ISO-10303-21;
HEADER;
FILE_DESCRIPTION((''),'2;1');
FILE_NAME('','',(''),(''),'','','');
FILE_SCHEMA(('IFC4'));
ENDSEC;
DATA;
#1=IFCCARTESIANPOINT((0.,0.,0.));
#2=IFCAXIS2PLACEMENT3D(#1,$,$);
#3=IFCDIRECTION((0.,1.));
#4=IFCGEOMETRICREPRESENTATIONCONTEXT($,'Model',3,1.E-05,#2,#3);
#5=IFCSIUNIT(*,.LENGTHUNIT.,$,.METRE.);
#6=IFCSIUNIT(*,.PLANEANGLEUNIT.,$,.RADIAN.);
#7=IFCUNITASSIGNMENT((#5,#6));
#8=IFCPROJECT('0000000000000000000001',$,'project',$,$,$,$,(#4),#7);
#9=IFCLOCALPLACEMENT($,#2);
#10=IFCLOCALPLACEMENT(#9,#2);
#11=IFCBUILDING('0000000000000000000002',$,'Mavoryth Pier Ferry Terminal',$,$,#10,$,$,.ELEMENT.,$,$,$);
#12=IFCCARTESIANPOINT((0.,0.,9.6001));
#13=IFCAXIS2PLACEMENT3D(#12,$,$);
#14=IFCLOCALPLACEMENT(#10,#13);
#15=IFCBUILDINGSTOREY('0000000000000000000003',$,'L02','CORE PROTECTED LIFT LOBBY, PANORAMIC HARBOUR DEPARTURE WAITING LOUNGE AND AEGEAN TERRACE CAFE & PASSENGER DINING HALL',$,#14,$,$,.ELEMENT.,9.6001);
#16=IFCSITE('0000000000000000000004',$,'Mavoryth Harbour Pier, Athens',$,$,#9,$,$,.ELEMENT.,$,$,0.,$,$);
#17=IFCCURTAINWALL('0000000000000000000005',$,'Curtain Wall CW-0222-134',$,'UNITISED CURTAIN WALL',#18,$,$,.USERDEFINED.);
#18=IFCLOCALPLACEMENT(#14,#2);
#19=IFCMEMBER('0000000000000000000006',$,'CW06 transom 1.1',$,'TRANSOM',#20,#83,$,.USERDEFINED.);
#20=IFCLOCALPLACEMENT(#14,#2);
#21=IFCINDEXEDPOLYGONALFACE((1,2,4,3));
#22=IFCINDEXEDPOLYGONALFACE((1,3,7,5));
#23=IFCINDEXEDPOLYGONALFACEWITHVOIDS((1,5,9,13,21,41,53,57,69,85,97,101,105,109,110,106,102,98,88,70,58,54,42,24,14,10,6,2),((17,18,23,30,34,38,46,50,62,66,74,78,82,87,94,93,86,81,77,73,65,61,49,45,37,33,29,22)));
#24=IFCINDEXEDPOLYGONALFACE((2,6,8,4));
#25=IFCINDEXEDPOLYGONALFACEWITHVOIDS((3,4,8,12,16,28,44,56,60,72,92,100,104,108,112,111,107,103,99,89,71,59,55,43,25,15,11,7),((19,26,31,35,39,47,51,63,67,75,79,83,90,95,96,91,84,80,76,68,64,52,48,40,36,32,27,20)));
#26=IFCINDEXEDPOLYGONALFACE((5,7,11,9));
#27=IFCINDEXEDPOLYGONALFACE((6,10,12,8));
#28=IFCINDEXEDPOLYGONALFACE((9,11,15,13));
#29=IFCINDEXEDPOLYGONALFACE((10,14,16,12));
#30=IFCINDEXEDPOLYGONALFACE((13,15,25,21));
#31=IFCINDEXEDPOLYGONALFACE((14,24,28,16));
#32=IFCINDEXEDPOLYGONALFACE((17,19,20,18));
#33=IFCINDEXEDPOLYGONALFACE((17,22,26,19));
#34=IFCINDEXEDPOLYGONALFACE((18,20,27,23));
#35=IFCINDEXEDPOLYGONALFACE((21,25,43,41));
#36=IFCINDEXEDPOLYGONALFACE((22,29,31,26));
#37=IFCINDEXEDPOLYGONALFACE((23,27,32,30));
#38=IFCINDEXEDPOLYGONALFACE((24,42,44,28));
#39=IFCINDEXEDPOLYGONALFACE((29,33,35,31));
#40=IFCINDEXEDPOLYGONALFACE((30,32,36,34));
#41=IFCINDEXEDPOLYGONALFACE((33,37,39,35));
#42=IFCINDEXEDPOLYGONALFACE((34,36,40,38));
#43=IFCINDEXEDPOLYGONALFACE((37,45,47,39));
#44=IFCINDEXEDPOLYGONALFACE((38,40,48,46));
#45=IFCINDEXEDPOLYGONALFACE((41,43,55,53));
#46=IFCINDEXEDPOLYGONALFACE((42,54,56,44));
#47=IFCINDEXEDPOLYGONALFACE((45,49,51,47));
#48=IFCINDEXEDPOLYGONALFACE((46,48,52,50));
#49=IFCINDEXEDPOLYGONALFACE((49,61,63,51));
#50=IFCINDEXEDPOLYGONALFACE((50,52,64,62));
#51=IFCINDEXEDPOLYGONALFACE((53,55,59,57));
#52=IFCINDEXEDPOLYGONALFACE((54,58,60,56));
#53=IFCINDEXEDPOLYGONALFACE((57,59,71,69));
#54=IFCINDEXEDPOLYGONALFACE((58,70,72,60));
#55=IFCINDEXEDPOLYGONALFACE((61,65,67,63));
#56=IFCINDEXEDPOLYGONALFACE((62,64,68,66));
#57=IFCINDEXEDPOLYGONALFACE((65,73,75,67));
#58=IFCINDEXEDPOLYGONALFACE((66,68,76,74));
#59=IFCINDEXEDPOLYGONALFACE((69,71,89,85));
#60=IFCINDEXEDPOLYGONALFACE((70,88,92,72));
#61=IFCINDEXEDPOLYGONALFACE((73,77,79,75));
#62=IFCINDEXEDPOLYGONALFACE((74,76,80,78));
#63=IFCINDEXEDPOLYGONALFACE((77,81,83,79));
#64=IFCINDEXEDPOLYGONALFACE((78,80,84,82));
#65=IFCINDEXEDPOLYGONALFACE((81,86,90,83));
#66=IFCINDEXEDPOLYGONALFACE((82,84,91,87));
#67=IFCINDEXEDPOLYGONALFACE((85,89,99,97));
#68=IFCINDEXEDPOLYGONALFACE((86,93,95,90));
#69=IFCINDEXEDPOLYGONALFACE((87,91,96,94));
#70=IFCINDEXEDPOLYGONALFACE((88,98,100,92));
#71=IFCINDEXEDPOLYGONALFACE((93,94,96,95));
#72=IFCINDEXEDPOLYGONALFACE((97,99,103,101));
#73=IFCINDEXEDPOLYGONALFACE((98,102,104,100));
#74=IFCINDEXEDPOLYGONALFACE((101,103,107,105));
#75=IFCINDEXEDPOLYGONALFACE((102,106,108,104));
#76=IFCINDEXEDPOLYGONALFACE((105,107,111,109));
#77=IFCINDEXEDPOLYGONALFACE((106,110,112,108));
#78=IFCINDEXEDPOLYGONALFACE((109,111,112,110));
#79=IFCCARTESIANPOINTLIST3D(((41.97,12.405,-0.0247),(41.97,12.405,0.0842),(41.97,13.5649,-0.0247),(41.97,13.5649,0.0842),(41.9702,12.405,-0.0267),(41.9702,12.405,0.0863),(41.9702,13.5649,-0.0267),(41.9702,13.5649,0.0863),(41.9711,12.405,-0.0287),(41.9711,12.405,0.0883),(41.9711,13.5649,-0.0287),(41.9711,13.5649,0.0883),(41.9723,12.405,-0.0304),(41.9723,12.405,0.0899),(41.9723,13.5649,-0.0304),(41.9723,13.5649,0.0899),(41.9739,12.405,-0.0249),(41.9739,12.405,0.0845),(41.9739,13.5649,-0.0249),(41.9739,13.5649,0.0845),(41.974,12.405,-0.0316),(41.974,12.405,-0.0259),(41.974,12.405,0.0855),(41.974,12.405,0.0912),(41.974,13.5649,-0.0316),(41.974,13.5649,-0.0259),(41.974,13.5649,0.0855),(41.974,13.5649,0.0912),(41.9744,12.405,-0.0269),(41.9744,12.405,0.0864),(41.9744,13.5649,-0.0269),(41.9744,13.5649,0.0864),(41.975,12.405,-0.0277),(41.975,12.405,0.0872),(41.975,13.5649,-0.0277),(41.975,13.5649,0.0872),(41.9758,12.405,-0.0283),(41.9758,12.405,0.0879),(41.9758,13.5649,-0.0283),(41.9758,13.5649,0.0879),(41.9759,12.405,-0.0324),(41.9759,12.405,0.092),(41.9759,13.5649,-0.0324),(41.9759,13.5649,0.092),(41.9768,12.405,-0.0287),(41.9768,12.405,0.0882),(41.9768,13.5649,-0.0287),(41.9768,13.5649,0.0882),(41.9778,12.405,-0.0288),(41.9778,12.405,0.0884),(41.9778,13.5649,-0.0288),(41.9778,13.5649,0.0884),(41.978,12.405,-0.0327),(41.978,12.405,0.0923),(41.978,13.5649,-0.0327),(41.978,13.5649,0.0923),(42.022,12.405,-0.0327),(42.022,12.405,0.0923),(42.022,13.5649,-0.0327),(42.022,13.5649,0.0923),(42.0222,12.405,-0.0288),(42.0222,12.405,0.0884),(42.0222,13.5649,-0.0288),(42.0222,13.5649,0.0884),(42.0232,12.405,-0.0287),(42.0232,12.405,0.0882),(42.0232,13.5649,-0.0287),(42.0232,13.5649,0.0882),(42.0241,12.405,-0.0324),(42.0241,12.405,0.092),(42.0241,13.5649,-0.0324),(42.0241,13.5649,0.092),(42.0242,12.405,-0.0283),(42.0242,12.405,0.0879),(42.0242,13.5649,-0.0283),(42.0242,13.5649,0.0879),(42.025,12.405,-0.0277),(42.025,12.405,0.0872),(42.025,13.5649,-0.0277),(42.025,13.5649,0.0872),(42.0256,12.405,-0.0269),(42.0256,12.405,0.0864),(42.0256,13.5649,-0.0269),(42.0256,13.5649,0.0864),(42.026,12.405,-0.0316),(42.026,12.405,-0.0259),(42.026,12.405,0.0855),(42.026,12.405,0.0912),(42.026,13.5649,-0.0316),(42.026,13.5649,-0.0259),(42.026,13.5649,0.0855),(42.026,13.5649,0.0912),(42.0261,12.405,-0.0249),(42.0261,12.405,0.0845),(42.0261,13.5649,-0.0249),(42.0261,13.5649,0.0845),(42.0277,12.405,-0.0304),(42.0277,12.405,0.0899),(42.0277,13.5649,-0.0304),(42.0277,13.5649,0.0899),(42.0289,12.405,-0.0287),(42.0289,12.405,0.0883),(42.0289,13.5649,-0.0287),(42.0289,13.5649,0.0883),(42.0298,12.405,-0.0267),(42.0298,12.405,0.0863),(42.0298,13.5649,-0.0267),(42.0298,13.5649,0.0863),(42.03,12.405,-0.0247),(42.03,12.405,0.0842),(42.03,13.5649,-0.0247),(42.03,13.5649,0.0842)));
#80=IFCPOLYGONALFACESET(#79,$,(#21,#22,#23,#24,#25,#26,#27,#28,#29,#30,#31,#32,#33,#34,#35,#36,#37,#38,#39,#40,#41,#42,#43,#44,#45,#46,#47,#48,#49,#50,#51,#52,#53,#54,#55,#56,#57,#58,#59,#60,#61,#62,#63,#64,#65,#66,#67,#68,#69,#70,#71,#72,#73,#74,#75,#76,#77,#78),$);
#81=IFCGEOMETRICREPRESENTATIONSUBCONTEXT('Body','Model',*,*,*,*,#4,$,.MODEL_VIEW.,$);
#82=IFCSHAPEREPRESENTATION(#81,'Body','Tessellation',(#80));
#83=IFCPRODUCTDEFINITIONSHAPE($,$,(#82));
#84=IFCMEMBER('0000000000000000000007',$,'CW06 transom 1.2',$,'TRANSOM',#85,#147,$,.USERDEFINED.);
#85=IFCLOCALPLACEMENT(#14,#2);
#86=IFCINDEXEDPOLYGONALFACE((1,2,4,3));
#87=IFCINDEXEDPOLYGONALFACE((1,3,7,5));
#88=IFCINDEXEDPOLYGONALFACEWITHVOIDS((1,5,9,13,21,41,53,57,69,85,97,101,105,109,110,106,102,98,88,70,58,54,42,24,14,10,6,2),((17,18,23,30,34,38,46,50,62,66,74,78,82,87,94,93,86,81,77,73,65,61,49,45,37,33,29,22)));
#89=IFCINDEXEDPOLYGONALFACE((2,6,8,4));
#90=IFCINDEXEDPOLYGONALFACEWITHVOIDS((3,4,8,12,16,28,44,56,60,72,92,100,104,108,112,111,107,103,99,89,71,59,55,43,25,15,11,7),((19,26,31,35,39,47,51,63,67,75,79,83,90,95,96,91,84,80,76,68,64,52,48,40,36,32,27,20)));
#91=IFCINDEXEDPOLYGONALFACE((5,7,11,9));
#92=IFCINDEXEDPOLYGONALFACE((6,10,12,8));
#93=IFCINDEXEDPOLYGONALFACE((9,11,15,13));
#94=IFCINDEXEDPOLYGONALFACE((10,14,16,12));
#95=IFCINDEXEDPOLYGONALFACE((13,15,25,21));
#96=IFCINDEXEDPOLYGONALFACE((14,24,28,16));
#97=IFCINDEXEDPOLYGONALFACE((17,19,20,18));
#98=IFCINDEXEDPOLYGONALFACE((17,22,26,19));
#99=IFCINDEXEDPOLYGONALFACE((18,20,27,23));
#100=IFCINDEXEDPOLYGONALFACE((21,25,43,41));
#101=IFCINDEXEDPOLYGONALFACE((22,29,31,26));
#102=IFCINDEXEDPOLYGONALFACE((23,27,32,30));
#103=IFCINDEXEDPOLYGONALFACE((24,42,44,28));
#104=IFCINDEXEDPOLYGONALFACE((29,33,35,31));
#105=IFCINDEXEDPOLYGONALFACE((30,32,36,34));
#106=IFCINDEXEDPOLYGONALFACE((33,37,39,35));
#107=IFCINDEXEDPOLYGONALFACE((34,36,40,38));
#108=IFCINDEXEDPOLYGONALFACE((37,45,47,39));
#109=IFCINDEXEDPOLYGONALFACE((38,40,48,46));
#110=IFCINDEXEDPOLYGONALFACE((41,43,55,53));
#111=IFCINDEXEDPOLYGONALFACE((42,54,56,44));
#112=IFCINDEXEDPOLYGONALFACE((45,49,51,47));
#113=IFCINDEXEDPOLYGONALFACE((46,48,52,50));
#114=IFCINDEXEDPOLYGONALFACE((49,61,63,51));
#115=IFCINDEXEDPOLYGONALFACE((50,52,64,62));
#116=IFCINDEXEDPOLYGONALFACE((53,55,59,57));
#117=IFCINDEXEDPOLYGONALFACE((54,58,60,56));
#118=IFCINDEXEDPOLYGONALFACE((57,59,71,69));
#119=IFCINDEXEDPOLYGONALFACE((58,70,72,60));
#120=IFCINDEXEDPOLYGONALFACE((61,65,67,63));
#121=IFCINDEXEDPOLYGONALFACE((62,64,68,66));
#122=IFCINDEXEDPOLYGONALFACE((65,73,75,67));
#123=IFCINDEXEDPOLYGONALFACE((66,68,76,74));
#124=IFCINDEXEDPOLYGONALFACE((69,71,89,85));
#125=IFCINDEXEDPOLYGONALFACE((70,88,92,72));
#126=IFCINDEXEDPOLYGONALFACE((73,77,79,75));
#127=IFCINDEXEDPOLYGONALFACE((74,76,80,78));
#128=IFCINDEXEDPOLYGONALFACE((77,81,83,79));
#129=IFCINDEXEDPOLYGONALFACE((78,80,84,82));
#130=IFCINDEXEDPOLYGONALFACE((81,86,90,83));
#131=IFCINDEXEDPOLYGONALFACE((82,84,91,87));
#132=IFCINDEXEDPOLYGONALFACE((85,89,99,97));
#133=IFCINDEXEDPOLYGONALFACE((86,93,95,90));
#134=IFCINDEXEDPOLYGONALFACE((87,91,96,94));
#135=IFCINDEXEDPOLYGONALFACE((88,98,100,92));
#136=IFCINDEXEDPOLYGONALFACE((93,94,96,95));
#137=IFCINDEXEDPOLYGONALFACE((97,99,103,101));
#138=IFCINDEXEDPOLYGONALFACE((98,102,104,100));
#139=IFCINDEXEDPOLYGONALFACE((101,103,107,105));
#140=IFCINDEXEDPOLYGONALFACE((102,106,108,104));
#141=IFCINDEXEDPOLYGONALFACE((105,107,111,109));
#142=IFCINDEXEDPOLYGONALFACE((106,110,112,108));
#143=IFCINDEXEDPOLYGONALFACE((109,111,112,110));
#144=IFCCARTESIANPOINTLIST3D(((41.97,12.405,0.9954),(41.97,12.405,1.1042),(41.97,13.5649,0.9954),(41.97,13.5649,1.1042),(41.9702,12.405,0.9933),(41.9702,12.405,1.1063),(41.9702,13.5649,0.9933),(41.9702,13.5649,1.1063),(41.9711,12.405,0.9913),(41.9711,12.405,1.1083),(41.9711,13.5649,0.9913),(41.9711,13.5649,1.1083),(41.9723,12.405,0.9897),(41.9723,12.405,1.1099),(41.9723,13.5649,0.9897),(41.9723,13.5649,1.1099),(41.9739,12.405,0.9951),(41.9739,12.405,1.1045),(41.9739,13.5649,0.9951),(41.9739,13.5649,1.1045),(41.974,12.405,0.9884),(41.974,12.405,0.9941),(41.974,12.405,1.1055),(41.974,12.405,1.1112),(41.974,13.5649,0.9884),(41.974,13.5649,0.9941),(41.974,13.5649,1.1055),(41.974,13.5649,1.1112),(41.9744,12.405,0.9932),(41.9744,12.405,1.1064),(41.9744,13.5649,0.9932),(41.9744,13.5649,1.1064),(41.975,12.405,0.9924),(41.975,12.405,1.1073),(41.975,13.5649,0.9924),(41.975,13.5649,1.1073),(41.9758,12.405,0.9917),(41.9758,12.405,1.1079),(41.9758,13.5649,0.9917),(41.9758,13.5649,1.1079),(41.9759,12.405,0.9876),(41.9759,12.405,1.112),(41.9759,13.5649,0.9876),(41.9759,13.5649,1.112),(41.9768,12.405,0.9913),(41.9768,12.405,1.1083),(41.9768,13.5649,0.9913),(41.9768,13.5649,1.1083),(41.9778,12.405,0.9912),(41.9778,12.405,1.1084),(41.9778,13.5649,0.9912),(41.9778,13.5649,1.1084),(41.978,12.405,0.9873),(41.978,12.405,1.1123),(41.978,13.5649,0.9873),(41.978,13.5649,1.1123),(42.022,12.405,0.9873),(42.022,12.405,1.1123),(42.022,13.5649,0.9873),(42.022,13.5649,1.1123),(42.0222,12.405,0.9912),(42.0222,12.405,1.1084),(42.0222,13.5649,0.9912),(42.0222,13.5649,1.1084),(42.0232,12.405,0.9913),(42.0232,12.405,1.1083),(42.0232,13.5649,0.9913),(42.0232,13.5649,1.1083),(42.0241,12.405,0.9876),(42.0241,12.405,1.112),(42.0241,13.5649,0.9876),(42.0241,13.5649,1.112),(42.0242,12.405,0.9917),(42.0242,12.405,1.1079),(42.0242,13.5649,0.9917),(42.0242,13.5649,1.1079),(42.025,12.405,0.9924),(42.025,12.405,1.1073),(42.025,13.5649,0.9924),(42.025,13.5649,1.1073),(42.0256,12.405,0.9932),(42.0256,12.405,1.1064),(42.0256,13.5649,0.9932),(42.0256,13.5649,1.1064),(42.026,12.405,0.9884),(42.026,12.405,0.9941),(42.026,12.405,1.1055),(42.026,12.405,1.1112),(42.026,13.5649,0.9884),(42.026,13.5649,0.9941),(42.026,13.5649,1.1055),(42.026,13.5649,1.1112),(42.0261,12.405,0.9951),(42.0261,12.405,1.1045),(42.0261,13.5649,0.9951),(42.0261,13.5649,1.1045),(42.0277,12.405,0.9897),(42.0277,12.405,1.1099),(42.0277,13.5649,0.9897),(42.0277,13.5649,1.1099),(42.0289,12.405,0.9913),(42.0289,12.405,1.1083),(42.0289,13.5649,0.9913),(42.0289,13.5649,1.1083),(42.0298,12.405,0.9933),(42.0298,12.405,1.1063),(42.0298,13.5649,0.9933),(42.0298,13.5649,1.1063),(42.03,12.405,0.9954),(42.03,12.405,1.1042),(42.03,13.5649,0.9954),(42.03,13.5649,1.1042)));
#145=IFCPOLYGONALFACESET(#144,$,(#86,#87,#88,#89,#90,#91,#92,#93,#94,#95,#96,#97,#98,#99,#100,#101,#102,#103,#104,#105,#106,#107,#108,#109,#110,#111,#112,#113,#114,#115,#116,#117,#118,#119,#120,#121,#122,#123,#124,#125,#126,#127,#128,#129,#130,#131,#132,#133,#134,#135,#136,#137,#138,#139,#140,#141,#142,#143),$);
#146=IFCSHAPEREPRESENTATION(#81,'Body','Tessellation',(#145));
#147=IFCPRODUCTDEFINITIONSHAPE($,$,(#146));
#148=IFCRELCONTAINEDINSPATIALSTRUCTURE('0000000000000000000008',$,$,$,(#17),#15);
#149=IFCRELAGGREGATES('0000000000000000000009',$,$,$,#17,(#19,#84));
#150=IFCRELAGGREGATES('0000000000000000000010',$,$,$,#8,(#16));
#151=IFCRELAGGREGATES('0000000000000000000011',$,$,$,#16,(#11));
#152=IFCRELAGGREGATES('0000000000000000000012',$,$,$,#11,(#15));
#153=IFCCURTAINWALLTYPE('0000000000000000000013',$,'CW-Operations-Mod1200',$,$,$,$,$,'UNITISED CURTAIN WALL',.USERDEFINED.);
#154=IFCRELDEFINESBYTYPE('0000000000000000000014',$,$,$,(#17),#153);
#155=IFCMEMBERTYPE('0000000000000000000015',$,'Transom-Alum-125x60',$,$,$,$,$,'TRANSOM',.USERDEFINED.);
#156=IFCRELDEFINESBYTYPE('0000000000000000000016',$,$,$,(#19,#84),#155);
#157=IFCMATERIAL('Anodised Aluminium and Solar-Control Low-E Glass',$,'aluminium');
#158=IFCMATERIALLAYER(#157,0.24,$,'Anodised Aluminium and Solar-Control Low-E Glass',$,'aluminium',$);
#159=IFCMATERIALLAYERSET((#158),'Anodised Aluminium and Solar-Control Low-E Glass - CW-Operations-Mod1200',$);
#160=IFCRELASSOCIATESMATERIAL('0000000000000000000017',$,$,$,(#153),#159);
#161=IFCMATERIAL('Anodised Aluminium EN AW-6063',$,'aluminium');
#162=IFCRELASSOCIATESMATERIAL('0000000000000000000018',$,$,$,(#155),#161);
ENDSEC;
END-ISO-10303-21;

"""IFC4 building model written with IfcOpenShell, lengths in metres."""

from ifc_helpers import new_model, si_unit, direction, frame, origin, origin_2d, place, context, subcontext, project, spatial, hollow_rectangle, extrude, material, layer, layer_set, material_profile, profile_set, type_object, element, aggregate, save


model = new_model("IFC4")

# Units and contexts
model_context = context("Model", 3, precision=1e-05, world=origin(), true_north=direction((0.0, 1.0)))
body_context = subcontext(model_context, "Body", "Model", "MODEL_VIEW")
ifc_project = project(units=[si_unit("LENGTHUNIT", "METRE"), si_unit("PLANEANGLEUNIT", "RADIAN")], contexts=[model_context])

# Site, building, storey
site_placement = place(None, origin())
site = spatial("IfcSite", under=ifc_project, at=site_placement, Name="Mavoryth Harbour Pier, Athens", CompositionType="ELEMENT", RefElevation=0.0)
building_placement = place(site_placement, origin())
building = spatial("IfcBuilding", under=site, at=building_placement, Name="Mavoryth Pier Ferry Terminal", CompositionType="ELEMENT")
storey_placement = place(building_placement, frame((0.0, 0.0, 9.6001)))
storey = spatial("IfcBuildingStorey", under=building, at=storey_placement, Name="L02", Description="CORE PROTECTED LIFT LOBBY, PANORAMIC HARBOUR DEPARTURE WAITING LOUNGE AND AEGEAN TERRACE CAFE & PASSENGER DINING HALL", CompositionType="ELEMENT", Elevation=9.6001)

# Curtain wall
ifc_material_1 = material(Name="Anodised Aluminium and Solar-Control Low-E Glass", Category="aluminium")
ifc_layer_1 = layer(ifc_material_1, 0.24, Name="Anodised Aluminium and Solar-Control Low-E Glass", Category="aluminium")
ifc_layer_set_1 = layer_set([ifc_layer_1], Name="Anodised Aluminium and Solar-Control Low-E Glass - CW-Operations-Mod1200")
curtain_wall_type = type_object("IfcCurtainWallType", Name="CW-Operations-Mod1200", ElementType="UNITISED CURTAIN WALL", PredefinedType="USERDEFINED", material=ifc_layer_set_1)
curtain_wall_1_placement = place(storey_placement, origin())
curtain_wall_1 = element("IfcCurtainWall", 1, at=curtain_wall_1_placement, inside=storey, type_object=curtain_wall_type, Name="Curtain Wall CW-0222-134", ObjectType="UNITISED CURTAIN WALL", PredefinedType="USERDEFINED")
ifc_material_2 = material(Name="Anodised Aluminium EN AW-6063", Category="aluminium")

# Members
ifc_material_profile_1 = material_profile(ifc_material_2, hollow_rectangle(XDim=0.0601, YDim=0.125, WallThickness=0.0039, InnerFilletRadius=0.0039, OuterFilletRadius=0.0081, at=origin_2d()), Name="AL-TRAN 125x60x4", Category="aluminium")
ifc_profile_set_1 = profile_set([ifc_material_profile_1], Name="Anodised Aluminium EN AW-6063 - AL-TRAN 125x60x4")
member_type_1 = type_object("IfcMemberType", Name="Transom-Alum-125x60", ElementType="TRANSOM", PredefinedType="USERDEFINED", material=ifc_profile_set_1)
member_1_placement = place(storey_placement, frame((42.0, 13.5649, 0.0298), z_axis=(0.0, -1.0, 0.0), x_axis=(1.0, 0.0, 0.0)))
member_1 = element("IfcMember", 2, at=member_1_placement, type_object=member_type_1, Name="CW06 transom 1.1", ObjectType="TRANSOM", PredefinedType="USERDEFINED", context=body_context, shape_type="SweptSolid", body=[
    extrude(hollow_rectangle(XDim=0.0601, YDim=0.125, WallThickness=0.0039, InnerFilletRadius=0.0039, OuterFilletRadius=0.0081, at=origin_2d()), origin(), (0.0, 0.0, 1.0), 1.1599),
])
member_2_placement = place(storey_placement, frame((42.0, 13.5649, 1.0498), z_axis=(0.0, -1.0, 0.0), x_axis=(1.0, 0.0, 0.0)))
member_2 = element("IfcMember", 3, at=member_2_placement, type_object=member_type_1, Name="CW06 transom 1.2", ObjectType="TRANSOM", PredefinedType="USERDEFINED", context=body_context, shape_type="SweptSolid", body=[
    extrude(hollow_rectangle(XDim=0.0601, YDim=0.125, WallThickness=0.0039, InnerFilletRadius=0.0039, OuterFilletRadius=0.0081, at=origin_2d()), origin(), (0.0, 0.0, 1.0), 1.1599),
])

aggregate(curtain_wall_1, [member_1, member_2])

save(model, "model.ifc")
